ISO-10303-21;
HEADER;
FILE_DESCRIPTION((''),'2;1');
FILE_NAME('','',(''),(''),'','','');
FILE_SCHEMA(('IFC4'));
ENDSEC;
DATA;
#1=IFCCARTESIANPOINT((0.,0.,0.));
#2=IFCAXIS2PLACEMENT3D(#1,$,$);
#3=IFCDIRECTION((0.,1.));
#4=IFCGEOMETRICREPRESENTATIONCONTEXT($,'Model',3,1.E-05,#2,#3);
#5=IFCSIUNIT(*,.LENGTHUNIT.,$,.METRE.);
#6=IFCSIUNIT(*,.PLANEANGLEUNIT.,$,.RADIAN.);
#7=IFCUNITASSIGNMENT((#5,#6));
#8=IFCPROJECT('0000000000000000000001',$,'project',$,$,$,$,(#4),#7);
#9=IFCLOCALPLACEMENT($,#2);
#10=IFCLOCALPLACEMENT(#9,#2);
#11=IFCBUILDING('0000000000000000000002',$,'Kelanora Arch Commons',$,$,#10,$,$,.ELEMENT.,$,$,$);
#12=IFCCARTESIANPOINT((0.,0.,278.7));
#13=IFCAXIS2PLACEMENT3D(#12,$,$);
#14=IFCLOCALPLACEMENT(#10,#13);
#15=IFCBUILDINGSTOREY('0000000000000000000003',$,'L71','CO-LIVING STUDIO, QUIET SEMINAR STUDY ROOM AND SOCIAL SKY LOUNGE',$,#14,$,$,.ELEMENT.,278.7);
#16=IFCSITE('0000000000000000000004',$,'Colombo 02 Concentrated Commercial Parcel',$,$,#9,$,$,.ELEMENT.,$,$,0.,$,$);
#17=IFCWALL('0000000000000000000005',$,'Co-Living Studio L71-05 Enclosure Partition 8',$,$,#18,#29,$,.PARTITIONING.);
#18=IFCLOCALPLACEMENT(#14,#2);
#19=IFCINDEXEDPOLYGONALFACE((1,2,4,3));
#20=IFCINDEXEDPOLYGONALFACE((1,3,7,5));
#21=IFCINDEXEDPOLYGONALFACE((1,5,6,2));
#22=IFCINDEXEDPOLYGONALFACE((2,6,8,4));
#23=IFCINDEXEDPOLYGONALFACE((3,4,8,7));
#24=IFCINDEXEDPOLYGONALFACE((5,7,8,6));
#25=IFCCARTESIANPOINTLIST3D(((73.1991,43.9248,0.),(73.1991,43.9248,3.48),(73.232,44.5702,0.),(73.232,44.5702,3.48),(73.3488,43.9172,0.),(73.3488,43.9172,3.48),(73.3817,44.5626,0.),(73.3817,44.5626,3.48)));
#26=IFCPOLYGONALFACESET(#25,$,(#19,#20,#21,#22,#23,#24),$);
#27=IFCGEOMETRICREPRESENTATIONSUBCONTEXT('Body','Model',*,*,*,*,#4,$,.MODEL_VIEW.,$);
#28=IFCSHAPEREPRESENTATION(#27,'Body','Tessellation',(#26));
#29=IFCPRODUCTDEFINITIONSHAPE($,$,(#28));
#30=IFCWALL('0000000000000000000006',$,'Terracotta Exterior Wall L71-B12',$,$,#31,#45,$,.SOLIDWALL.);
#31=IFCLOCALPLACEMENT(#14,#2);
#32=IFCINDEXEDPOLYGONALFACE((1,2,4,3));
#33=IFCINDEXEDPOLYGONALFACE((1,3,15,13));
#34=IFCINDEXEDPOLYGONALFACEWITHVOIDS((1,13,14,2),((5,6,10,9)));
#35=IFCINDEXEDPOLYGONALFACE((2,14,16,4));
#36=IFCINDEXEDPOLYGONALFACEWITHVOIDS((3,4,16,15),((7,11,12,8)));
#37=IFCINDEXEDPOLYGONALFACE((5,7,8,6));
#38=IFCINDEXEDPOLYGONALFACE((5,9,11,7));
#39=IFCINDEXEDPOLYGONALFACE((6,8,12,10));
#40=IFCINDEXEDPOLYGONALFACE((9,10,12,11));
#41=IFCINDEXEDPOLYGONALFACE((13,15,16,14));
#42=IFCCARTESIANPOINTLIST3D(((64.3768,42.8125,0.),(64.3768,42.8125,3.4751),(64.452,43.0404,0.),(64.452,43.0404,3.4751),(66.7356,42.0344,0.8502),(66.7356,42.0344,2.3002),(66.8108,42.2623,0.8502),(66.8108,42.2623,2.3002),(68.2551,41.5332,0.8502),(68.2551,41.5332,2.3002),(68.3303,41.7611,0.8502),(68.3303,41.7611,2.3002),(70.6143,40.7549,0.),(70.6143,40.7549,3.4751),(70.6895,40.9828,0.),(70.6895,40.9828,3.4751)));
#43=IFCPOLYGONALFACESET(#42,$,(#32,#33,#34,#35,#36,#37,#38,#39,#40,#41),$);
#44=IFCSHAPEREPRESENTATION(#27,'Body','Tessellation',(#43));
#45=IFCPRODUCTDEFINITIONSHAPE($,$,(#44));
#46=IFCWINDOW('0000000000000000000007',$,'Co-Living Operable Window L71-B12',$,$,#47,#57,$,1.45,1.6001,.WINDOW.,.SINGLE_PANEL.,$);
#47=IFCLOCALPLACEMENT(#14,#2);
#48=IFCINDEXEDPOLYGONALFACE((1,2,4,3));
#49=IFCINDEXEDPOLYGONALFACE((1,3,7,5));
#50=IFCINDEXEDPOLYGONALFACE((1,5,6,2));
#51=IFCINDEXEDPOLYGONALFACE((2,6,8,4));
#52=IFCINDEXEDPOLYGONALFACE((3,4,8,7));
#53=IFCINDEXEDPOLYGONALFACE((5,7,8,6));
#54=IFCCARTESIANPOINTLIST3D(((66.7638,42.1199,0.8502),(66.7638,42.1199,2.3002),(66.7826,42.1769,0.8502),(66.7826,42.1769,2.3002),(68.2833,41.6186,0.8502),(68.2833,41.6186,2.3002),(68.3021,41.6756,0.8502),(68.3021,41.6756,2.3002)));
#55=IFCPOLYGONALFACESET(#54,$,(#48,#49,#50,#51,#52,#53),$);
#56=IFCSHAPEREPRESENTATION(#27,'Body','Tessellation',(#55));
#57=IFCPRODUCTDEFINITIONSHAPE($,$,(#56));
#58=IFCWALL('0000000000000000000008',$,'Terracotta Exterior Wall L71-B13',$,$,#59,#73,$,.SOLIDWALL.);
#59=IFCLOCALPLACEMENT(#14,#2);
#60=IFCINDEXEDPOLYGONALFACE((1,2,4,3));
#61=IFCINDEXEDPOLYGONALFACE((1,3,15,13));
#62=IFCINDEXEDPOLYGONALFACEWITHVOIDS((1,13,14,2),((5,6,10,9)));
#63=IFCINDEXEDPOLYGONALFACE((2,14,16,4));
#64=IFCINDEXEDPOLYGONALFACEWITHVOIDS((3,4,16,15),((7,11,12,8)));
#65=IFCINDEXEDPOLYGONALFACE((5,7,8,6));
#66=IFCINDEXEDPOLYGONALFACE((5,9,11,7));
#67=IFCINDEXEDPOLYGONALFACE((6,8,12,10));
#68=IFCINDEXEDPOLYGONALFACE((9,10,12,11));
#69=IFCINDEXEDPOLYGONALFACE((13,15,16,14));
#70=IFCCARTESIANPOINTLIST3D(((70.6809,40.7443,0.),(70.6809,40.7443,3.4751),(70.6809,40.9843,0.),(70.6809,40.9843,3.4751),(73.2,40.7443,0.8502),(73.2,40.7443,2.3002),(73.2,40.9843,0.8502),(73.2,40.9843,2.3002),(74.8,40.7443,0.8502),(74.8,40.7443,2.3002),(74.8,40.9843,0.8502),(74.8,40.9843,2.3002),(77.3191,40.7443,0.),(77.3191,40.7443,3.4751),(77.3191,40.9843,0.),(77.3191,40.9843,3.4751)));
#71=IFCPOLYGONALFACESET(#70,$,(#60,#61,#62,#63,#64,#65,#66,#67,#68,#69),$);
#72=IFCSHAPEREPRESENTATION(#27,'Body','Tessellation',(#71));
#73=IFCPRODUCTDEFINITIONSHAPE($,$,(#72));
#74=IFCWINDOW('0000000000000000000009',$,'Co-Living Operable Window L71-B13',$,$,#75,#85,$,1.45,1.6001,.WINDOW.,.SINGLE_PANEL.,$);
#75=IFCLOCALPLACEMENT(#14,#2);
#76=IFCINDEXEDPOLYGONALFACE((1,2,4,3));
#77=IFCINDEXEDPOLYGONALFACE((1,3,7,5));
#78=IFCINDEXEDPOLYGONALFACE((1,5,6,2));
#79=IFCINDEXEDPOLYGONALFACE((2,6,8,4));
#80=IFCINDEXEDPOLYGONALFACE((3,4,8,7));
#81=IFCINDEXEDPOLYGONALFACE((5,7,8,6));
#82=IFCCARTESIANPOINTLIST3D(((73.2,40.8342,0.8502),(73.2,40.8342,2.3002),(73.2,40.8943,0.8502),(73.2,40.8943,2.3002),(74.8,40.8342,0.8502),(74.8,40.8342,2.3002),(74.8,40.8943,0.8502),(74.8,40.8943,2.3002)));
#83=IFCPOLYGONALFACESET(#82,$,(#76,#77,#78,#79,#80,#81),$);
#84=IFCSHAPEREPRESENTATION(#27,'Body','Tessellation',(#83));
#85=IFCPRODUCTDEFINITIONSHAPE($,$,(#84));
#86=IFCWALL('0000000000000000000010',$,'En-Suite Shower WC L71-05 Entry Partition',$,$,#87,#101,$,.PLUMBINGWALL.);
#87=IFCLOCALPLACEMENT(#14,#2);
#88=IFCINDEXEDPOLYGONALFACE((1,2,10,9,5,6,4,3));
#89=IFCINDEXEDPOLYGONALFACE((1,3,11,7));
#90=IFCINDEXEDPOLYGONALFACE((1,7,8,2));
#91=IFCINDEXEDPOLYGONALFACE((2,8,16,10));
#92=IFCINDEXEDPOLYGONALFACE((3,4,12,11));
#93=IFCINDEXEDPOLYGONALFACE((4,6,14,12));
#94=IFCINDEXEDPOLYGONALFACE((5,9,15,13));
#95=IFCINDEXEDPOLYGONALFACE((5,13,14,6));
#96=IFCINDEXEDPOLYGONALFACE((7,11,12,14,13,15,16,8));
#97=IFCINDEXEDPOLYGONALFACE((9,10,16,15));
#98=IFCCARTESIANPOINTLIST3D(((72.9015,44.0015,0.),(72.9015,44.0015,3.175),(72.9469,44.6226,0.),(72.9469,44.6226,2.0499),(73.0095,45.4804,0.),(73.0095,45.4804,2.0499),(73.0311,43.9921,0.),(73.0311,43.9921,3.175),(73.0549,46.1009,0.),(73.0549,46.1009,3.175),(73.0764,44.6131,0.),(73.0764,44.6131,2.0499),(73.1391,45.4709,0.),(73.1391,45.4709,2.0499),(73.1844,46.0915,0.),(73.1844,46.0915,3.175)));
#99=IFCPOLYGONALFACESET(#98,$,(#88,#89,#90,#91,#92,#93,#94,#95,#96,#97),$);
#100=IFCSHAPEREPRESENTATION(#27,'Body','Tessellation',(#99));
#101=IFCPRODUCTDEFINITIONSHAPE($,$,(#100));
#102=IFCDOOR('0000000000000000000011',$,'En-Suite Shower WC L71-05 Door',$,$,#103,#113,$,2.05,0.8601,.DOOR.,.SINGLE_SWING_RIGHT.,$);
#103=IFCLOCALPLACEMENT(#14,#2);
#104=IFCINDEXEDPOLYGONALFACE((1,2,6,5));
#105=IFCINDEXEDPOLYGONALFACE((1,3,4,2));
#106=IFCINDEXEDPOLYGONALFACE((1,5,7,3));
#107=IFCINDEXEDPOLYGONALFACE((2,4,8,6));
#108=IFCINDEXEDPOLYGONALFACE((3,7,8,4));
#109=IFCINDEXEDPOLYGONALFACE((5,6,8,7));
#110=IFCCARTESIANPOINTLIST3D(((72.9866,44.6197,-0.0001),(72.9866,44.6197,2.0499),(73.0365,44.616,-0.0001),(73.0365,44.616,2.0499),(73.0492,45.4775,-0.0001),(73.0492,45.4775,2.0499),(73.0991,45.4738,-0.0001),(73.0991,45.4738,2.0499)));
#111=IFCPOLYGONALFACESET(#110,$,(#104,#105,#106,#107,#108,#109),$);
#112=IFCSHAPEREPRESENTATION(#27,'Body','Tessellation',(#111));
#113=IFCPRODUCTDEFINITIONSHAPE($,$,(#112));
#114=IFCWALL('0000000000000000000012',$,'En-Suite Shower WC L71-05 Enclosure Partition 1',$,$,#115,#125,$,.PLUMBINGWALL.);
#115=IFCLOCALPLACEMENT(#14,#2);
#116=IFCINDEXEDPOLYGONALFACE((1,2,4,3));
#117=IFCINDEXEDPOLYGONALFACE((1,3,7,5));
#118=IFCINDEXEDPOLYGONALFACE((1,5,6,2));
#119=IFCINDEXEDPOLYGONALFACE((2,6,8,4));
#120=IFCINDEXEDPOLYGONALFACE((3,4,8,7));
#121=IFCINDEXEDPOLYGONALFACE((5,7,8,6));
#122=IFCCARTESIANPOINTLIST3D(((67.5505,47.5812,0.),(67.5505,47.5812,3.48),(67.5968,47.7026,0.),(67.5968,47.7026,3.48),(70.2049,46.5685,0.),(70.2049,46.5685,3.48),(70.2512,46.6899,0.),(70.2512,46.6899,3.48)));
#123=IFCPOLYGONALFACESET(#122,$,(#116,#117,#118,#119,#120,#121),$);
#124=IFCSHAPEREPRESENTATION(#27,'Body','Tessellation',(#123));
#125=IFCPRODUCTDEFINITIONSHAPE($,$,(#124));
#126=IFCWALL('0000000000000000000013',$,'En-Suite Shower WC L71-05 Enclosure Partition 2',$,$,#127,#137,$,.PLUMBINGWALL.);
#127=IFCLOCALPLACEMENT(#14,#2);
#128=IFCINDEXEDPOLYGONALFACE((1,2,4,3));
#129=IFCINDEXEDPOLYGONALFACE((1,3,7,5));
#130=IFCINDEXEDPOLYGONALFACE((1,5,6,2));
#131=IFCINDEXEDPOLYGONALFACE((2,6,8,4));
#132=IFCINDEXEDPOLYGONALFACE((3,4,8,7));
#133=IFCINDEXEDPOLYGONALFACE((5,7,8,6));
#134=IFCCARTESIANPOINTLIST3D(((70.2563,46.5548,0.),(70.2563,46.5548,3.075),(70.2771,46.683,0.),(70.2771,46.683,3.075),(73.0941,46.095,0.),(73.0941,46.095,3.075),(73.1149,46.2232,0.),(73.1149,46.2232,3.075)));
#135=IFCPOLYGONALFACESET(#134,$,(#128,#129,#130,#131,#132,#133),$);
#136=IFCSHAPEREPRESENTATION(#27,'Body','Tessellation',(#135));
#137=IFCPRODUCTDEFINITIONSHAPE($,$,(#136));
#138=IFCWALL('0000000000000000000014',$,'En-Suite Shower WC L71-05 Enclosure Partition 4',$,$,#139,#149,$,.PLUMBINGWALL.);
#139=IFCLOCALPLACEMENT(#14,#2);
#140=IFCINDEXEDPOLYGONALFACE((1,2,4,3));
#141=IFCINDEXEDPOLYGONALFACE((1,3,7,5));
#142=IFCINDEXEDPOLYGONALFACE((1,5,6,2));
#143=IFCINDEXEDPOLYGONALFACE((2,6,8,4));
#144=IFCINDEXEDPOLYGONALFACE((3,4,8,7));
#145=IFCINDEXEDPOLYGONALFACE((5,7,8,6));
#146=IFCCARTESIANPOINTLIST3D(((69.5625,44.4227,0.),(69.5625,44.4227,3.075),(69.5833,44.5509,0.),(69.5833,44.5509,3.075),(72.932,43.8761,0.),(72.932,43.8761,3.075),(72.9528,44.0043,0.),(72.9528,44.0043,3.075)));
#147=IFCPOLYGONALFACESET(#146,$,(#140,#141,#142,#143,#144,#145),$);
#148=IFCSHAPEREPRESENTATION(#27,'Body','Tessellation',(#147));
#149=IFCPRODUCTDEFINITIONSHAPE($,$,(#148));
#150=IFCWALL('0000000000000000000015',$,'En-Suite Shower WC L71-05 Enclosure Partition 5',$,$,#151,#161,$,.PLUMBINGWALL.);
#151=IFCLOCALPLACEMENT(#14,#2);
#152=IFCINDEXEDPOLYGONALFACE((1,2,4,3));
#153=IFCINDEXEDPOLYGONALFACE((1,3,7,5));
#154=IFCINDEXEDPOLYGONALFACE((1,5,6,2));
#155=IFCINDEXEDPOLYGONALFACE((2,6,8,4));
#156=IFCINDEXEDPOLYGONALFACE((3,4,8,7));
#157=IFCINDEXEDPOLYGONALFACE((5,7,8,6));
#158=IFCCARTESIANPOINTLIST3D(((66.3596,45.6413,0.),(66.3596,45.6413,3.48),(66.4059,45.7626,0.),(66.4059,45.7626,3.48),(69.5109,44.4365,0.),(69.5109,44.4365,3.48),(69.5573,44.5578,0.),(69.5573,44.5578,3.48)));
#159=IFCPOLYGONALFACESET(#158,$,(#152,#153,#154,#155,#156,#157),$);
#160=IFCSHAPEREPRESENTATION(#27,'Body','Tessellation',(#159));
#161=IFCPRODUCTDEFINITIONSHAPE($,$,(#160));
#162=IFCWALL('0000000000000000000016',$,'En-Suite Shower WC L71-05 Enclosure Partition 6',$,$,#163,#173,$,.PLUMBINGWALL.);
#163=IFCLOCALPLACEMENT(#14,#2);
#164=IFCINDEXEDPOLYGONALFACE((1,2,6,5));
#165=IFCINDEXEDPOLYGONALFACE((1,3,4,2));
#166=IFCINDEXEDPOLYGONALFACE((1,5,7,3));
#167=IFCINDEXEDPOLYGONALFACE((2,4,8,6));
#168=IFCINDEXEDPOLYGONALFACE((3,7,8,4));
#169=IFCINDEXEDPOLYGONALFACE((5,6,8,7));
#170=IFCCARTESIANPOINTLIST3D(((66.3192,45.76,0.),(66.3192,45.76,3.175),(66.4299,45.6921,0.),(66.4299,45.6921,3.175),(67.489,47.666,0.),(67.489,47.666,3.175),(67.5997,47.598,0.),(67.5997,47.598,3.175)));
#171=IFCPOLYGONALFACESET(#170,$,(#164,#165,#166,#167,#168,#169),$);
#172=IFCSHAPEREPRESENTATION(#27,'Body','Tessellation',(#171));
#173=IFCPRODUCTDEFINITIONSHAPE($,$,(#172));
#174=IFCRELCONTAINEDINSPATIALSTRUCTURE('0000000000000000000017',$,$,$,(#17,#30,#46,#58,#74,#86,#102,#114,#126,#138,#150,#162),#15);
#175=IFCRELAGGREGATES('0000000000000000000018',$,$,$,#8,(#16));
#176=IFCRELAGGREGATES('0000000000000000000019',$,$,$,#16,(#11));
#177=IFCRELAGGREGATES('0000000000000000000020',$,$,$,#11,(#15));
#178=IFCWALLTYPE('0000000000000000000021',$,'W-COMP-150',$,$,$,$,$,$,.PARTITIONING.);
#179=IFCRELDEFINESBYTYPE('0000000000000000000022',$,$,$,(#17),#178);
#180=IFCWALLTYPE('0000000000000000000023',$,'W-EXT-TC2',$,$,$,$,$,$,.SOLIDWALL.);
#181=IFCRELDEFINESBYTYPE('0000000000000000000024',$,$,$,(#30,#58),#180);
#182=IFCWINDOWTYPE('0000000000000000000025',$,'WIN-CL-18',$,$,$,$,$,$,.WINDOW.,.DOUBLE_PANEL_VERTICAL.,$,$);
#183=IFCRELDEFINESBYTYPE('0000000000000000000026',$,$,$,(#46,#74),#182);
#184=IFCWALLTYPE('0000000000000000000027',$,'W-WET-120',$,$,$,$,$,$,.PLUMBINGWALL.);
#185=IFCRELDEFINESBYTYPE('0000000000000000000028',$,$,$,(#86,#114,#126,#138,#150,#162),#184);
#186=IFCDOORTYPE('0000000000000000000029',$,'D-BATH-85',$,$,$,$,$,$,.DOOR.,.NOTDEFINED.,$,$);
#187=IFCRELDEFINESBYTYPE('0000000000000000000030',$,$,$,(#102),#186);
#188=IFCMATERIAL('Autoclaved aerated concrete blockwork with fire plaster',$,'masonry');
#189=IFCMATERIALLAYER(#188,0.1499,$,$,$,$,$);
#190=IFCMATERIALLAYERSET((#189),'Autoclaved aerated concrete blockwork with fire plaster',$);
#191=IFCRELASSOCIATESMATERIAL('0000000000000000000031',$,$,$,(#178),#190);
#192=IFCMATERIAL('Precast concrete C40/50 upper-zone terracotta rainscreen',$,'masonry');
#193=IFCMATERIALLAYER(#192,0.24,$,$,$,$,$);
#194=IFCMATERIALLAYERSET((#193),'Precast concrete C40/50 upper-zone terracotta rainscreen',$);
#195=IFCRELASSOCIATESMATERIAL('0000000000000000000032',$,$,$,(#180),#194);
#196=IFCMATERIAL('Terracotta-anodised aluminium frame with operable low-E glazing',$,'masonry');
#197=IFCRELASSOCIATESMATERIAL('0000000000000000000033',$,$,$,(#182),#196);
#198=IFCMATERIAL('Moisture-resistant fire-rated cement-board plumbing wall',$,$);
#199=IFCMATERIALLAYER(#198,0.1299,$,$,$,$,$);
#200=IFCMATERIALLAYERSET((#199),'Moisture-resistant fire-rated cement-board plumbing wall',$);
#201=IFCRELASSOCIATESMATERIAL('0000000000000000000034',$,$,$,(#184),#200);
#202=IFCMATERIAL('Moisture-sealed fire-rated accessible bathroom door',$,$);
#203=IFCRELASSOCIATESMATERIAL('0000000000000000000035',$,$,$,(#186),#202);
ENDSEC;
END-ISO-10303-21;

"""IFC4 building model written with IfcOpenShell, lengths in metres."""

from ifc_helpers import new_model, si_unit, direction, frame, frame_2d, origin, place, context, subcontext, project, spatial, rectangle, extrude, material, layer, layer_set, type_object, element, fill, save


model = new_model("IFC4")

# Units and contexts
model_context = context("Model", 3, precision=1e-05, world=origin(), true_north=direction((0.0, 1.0)))
body_context = subcontext(model_context, "Body", "Model", "MODEL_VIEW")
ifc_project = project(units=[si_unit("LENGTHUNIT", "METRE"), si_unit("PLANEANGLEUNIT", "RADIAN")], contexts=[model_context])

# Site, building, storey
site_placement = place(None, origin())
site = spatial("IfcSite", under=ifc_project, at=site_placement, Name="Colombo 02 Concentrated Commercial Parcel", CompositionType="ELEMENT", RefElevation=0.0)
building_placement = place(site_placement, origin())
building = spatial("IfcBuilding", under=site, at=building_placement, Name="Kelanora Arch Commons", CompositionType="ELEMENT")
storey_placement = place(building_placement, frame((0.0, 0.0, 278.7)))
storey = spatial("IfcBuildingStorey", under=building, at=storey_placement, Name="L71", Description="CO-LIVING STUDIO, QUIET SEMINAR STUDY ROOM AND SOCIAL SKY LOUNGE", CompositionType="ELEMENT", Elevation=278.7)

# Wall
ifc_material_1 = material(Name="Autoclaved aerated concrete blockwork with fire plaster", Category="masonry")
ifc_layer_1 = layer(ifc_material_1, 0.1499)
ifc_layer_set_1 = layer_set([ifc_layer_1], Name="Autoclaved aerated concrete blockwork with fire plaster")
wall_type_1 = type_object("IfcWallType", Name="W-COMP-150", PredefinedType="PARTITIONING", material=ifc_layer_set_1)
wall_1_placement = place(storey_placement, frame((73.2739, 43.9209, 0.0), z_axis=(0.0, 0.0, 1.0), x_axis=(0.050993, 0.998699, 0.0)))
element("IfcWall", 1, at=wall_1_placement, inside=storey, type_object=wall_type_1, Name="Co-Living Studio L71-05 Enclosure Partition 8", PredefinedType="PARTITIONING", context=body_context, shape_type="SweptSolid", body=[
    extrude(rectangle(XDim=0.6462, YDim=0.1499, at=frame_2d((0.3232, 0.0))), origin(), (0.0, 0.0, 1.0), 3.48),
])

# Walls, openings, windows
ifc_material_2 = material(Name="Precast concrete C40/50 upper-zone terracotta rainscreen", Category="masonry")
ifc_layer_2 = layer(ifc_material_2, 0.24)
ifc_layer_set_2 = layer_set([ifc_layer_2], Name="Precast concrete C40/50 upper-zone terracotta rainscreen")
wall_type_2 = type_object("IfcWallType", Name="W-EXT-TC2", PredefinedType="SOLIDWALL", material=ifc_layer_set_2)
wall_2_placement = place(storey_placement, frame((64.4143, 42.9265, 0.0), z_axis=(0.0, 0.0, 1.0), x_axis=(0.949664, -0.313271, 0.0)))
wall_2 = element("IfcWall", 2, at=wall_2_placement, inside=storey, type_object=wall_type_2, Name="Terracotta Exterior Wall L71-B12", PredefinedType="SOLIDWALL", context=body_context, shape_type="SweptSolid", body=[
    extrude(rectangle(XDim=6.5681, YDim=0.24, at=frame_2d((3.2842, 0.0))), origin(), (0.0, 0.0, 1.0), 3.4751),
])
opening_1_placement = place(wall_2_placement, frame((2.4839, 0.0, 0.8501)))
opening_1 = element("IfcOpeningElement", 3, at=opening_1_placement, cuts=wall_2, PredefinedType="OPENING", context=body_context, shape_type="SweptSolid", body=[
    extrude(rectangle(XDim=1.6001, YDim=1.45, at=frame_2d((0.8, 0.7251))), frame((0.0, 0.1299, 0.0), z_axis=(0.0, -1.0, 0.0), x_axis=(1.0, 0.0, 0.0)), (0.0, 0.0, 1.0), 0.26),
])
ifc_material_3 = material(Name="Terracotta-anodised aluminium frame with operable low-E glazing", Category="masonry")
window_type = type_object("IfcWindowType", Name="WIN-CL-18", PartitioningType="DOUBLE_PANEL_VERTICAL", PredefinedType="WINDOW", material=ifc_material_3)
window_1_placement = place(opening_1_placement, origin())
window_1 = element("IfcWindow", 4, at=window_1_placement, inside=storey, type_object=window_type, Name="Co-Living Operable Window L71-B12", OverallHeight=1.45, OverallWidth=1.6001, PartitioningType="SINGLE_PANEL", PredefinedType="WINDOW", context=body_context, shape_type="SweptSolid", body=[
    extrude(rectangle(XDim=1.6001, YDim=1.45, at=frame_2d((0.8, 0.7251))), frame((0.0, 0.03, 0.0), z_axis=(0.0, -1.0, 0.0), x_axis=(1.0, 0.0, 0.0)), (0.0, 0.0, 1.0), 0.0601),
])
fill(opening_1, window_1)
wall_3_placement = place(storey_placement, frame((70.6809, 40.8643, 0.0), z_axis=(0.0, 0.0, 1.0), x_axis=(1.0, 0.0, 0.0)))
wall_3 = element("IfcWall", 5, at=wall_3_placement, inside=storey, type_object=wall_type_2, Name="Terracotta Exterior Wall L71-B13", PredefinedType="SOLIDWALL", context=body_context, shape_type="SweptSolid", body=[
    extrude(rectangle(XDim=6.6382, YDim=0.24, at=frame_2d((3.3191, 0.0))), origin(), (0.0, 0.0, 1.0), 3.4751),
])
opening_2_placement = place(wall_3_placement, frame((2.519, 0.0, 0.8501)))
opening_2 = element("IfcOpeningElement", 6, at=opening_2_placement, cuts=wall_3, PredefinedType="OPENING", context=body_context, shape_type="SweptSolid", body=[
    extrude(rectangle(XDim=1.6001, YDim=1.45, at=frame_2d((0.8, 0.7251))), frame((0.0, 0.1299, 0.0), z_axis=(0.0, -1.0, 0.0), x_axis=(1.0, 0.0, 0.0)), (0.0, 0.0, 1.0), 0.26),
])
window_2_placement = place(opening_2_placement, origin())
window_2 = element("IfcWindow", 7, at=window_2_placement, inside=storey, type_object=window_type, Name="Co-Living Operable Window L71-B13", OverallHeight=1.45, OverallWidth=1.6001, PartitioningType="SINGLE_PANEL", PredefinedType="WINDOW", context=body_context, shape_type="SweptSolid", body=[
    extrude(rectangle(XDim=1.6001, YDim=1.45, at=frame_2d((0.8, 0.7251))), frame((0.0, 0.03, 0.0), z_axis=(0.0, -1.0, 0.0), x_axis=(1.0, 0.0, 0.0)), (0.0, 0.0, 1.0), 0.0601),
])
fill(opening_2, window_2)

# Wall, opening, door
ifc_material_4 = material(Name="Moisture-resistant fire-rated cement-board plumbing wall")
ifc_layer_3 = layer(ifc_material_4, 0.1299)
ifc_layer_set_3 = layer_set([ifc_layer_3], Name="Moisture-resistant fire-rated cement-board plumbing wall")
wall_type_3 = type_object("IfcWallType", Name="W-WET-120", PredefinedType="PLUMBINGWALL", material=ifc_layer_set_3)
wall_4_placement = place(storey_placement, frame((73.1196, 46.0962, 0.0), z_axis=(0.0, 0.0, 1.0), x_axis=(-0.072838, -0.997344, 0.0)))
wall_4 = element("IfcWall", 8, at=wall_4_placement, inside=storey, type_object=wall_type_3, Name="En-Suite Shower WC L71-05 Entry Partition", PredefinedType="PLUMBINGWALL", context=body_context, shape_type="SweptSolid", body=[
    extrude(rectangle(XDim=2.105, YDim=0.1299, at=frame_2d((1.0525, 0.0))), origin(), (0.0, 0.0, 1.0), 3.175),
])
opening_3_placement = place(wall_4_placement, frame((0.6221, 0.0, 0.0)))
opening_3 = element("IfcOpeningElement", 9, at=opening_3_placement, cuts=wall_4, PredefinedType="OPENING", context=body_context, shape_type="SweptSolid", body=[
    extrude(rectangle(XDim=0.8601, YDim=2.05, at=frame_2d((0.4302, 1.0249))), frame((0.0, 0.075, 0.0), z_axis=(0.0, -1.0, 0.0), x_axis=(1.0, 0.0, 0.0)), (0.0, 0.0, 1.0), 0.1499),
])
ifc_material_5 = material(Name="Moisture-sealed fire-rated accessible bathroom door")
door_type = type_object("IfcDoorType", Name="D-BATH-85", OperationType="NOTDEFINED", PredefinedType="DOOR", material=ifc_material_5)
door_placement = place(opening_3_placement, origin())
door = element("IfcDoor", 10, at=door_placement, inside=storey, type_object=door_type, Name="En-Suite Shower WC L71-05 Door", OperationType="SINGLE_SWING_RIGHT", OverallHeight=2.05, OverallWidth=0.8601, PredefinedType="DOOR", context=body_context, shape_type="SweptSolid", body=[
    extrude(rectangle(XDim=0.8601, YDim=2.05, at=frame_2d((0.4302, 1.0249))), frame((0.0, 0.0249, 0.0), z_axis=(0.0, -1.0, 0.0), x_axis=(1.0, 0.0, 0.0)), (0.0, 0.0, 1.0), 0.05),
])
fill(opening_3, door)

# Walls
wall_5_placement = place(storey_placement, frame((67.5737, 47.6418, 0.0), z_axis=(0.0, 0.0, 1.0), x_axis=(0.934319, -0.356438, 0.0)))
element("IfcWall", 11, at=wall_5_placement, inside=storey, type_object=wall_type_3, Name="En-Suite Shower WC L71-05 Enclosure Partition 1", PredefinedType="PLUMBINGWALL", context=body_context, shape_type="SweptSolid", body=[
    extrude(rectangle(XDim=2.8411, YDim=0.1299, at=frame_2d((1.4204, 0.0))), origin(), (0.0, 0.0, 1.0), 3.48),
])
wall_6_placement = place(storey_placement, frame((70.2666, 46.6189, 0.0), z_axis=(0.0, 0.0, 1.0), x_axis=(0.98713, -0.159921, 0.0)))
element("IfcWall", 12, at=wall_6_placement, inside=storey, type_object=wall_type_3, Name="En-Suite Shower WC L71-05 Enclosure Partition 2", PredefinedType="PLUMBINGWALL", context=body_context, shape_type="SweptSolid", body=[
    extrude(rectangle(XDim=2.8748, YDim=0.1299, at=frame_2d((1.4375, 0.0))), origin(), (0.0, 0.0, 1.0), 3.075),
])
wall_7_placement = place(storey_placement, frame((72.9424, 43.9402, 0.0), z_axis=(0.0, 0.0, 1.0), x_axis=(-0.987096, 0.16013, 0.0)))
element("IfcWall", 13, at=wall_7_placement, inside=storey, type_object=wall_type_3, Name="En-Suite Shower WC L71-05 Enclosure Partition 4", PredefinedType="PLUMBINGWALL", context=body_context, shape_type="SweptSolid", body=[
    extrude(rectangle(XDim=3.4136, YDim=0.1299, at=frame_2d((1.7068, 0.0))), origin(), (0.0, 0.0, 1.0), 3.075),
])
wall_8_placement = place(storey_placement, frame((69.5342, 44.4971, 0.0), z_axis=(0.0, 0.0, 1.0), x_axis=(-0.934062, 0.357111, 0.0)))
element("IfcWall", 14, at=wall_8_placement, inside=storey, type_object=wall_type_3, Name="En-Suite Shower WC L71-05 Enclosure Partition 5", PredefinedType="PLUMBINGWALL", context=body_context, shape_type="SweptSolid", body=[
    extrude(rectangle(XDim=3.3738, YDim=0.1299, at=frame_2d((1.687, 0.0))), origin(), (0.0, 0.0, 1.0), 3.48),
])
wall_9_placement = place(storey_placement, frame((66.3745, 45.7261, 0.0), z_axis=(0.0, 0.0, 1.0), x_axis=(0.523123, 0.852257, 0.0)))
element("IfcWall", 15, at=wall_9_placement, inside=storey, type_object=wall_type_3, Name="En-Suite Shower WC L71-05 Enclosure Partition 6", PredefinedType="PLUMBINGWALL", context=body_context, shape_type="SweptSolid", body=[
    extrude(rectangle(XDim=2.2363, YDim=0.1299, at=frame_2d((1.1182, 0.0))), origin(), (0.0, 0.0, 1.0), 3.175),
])

save(model, "model.ifc")
